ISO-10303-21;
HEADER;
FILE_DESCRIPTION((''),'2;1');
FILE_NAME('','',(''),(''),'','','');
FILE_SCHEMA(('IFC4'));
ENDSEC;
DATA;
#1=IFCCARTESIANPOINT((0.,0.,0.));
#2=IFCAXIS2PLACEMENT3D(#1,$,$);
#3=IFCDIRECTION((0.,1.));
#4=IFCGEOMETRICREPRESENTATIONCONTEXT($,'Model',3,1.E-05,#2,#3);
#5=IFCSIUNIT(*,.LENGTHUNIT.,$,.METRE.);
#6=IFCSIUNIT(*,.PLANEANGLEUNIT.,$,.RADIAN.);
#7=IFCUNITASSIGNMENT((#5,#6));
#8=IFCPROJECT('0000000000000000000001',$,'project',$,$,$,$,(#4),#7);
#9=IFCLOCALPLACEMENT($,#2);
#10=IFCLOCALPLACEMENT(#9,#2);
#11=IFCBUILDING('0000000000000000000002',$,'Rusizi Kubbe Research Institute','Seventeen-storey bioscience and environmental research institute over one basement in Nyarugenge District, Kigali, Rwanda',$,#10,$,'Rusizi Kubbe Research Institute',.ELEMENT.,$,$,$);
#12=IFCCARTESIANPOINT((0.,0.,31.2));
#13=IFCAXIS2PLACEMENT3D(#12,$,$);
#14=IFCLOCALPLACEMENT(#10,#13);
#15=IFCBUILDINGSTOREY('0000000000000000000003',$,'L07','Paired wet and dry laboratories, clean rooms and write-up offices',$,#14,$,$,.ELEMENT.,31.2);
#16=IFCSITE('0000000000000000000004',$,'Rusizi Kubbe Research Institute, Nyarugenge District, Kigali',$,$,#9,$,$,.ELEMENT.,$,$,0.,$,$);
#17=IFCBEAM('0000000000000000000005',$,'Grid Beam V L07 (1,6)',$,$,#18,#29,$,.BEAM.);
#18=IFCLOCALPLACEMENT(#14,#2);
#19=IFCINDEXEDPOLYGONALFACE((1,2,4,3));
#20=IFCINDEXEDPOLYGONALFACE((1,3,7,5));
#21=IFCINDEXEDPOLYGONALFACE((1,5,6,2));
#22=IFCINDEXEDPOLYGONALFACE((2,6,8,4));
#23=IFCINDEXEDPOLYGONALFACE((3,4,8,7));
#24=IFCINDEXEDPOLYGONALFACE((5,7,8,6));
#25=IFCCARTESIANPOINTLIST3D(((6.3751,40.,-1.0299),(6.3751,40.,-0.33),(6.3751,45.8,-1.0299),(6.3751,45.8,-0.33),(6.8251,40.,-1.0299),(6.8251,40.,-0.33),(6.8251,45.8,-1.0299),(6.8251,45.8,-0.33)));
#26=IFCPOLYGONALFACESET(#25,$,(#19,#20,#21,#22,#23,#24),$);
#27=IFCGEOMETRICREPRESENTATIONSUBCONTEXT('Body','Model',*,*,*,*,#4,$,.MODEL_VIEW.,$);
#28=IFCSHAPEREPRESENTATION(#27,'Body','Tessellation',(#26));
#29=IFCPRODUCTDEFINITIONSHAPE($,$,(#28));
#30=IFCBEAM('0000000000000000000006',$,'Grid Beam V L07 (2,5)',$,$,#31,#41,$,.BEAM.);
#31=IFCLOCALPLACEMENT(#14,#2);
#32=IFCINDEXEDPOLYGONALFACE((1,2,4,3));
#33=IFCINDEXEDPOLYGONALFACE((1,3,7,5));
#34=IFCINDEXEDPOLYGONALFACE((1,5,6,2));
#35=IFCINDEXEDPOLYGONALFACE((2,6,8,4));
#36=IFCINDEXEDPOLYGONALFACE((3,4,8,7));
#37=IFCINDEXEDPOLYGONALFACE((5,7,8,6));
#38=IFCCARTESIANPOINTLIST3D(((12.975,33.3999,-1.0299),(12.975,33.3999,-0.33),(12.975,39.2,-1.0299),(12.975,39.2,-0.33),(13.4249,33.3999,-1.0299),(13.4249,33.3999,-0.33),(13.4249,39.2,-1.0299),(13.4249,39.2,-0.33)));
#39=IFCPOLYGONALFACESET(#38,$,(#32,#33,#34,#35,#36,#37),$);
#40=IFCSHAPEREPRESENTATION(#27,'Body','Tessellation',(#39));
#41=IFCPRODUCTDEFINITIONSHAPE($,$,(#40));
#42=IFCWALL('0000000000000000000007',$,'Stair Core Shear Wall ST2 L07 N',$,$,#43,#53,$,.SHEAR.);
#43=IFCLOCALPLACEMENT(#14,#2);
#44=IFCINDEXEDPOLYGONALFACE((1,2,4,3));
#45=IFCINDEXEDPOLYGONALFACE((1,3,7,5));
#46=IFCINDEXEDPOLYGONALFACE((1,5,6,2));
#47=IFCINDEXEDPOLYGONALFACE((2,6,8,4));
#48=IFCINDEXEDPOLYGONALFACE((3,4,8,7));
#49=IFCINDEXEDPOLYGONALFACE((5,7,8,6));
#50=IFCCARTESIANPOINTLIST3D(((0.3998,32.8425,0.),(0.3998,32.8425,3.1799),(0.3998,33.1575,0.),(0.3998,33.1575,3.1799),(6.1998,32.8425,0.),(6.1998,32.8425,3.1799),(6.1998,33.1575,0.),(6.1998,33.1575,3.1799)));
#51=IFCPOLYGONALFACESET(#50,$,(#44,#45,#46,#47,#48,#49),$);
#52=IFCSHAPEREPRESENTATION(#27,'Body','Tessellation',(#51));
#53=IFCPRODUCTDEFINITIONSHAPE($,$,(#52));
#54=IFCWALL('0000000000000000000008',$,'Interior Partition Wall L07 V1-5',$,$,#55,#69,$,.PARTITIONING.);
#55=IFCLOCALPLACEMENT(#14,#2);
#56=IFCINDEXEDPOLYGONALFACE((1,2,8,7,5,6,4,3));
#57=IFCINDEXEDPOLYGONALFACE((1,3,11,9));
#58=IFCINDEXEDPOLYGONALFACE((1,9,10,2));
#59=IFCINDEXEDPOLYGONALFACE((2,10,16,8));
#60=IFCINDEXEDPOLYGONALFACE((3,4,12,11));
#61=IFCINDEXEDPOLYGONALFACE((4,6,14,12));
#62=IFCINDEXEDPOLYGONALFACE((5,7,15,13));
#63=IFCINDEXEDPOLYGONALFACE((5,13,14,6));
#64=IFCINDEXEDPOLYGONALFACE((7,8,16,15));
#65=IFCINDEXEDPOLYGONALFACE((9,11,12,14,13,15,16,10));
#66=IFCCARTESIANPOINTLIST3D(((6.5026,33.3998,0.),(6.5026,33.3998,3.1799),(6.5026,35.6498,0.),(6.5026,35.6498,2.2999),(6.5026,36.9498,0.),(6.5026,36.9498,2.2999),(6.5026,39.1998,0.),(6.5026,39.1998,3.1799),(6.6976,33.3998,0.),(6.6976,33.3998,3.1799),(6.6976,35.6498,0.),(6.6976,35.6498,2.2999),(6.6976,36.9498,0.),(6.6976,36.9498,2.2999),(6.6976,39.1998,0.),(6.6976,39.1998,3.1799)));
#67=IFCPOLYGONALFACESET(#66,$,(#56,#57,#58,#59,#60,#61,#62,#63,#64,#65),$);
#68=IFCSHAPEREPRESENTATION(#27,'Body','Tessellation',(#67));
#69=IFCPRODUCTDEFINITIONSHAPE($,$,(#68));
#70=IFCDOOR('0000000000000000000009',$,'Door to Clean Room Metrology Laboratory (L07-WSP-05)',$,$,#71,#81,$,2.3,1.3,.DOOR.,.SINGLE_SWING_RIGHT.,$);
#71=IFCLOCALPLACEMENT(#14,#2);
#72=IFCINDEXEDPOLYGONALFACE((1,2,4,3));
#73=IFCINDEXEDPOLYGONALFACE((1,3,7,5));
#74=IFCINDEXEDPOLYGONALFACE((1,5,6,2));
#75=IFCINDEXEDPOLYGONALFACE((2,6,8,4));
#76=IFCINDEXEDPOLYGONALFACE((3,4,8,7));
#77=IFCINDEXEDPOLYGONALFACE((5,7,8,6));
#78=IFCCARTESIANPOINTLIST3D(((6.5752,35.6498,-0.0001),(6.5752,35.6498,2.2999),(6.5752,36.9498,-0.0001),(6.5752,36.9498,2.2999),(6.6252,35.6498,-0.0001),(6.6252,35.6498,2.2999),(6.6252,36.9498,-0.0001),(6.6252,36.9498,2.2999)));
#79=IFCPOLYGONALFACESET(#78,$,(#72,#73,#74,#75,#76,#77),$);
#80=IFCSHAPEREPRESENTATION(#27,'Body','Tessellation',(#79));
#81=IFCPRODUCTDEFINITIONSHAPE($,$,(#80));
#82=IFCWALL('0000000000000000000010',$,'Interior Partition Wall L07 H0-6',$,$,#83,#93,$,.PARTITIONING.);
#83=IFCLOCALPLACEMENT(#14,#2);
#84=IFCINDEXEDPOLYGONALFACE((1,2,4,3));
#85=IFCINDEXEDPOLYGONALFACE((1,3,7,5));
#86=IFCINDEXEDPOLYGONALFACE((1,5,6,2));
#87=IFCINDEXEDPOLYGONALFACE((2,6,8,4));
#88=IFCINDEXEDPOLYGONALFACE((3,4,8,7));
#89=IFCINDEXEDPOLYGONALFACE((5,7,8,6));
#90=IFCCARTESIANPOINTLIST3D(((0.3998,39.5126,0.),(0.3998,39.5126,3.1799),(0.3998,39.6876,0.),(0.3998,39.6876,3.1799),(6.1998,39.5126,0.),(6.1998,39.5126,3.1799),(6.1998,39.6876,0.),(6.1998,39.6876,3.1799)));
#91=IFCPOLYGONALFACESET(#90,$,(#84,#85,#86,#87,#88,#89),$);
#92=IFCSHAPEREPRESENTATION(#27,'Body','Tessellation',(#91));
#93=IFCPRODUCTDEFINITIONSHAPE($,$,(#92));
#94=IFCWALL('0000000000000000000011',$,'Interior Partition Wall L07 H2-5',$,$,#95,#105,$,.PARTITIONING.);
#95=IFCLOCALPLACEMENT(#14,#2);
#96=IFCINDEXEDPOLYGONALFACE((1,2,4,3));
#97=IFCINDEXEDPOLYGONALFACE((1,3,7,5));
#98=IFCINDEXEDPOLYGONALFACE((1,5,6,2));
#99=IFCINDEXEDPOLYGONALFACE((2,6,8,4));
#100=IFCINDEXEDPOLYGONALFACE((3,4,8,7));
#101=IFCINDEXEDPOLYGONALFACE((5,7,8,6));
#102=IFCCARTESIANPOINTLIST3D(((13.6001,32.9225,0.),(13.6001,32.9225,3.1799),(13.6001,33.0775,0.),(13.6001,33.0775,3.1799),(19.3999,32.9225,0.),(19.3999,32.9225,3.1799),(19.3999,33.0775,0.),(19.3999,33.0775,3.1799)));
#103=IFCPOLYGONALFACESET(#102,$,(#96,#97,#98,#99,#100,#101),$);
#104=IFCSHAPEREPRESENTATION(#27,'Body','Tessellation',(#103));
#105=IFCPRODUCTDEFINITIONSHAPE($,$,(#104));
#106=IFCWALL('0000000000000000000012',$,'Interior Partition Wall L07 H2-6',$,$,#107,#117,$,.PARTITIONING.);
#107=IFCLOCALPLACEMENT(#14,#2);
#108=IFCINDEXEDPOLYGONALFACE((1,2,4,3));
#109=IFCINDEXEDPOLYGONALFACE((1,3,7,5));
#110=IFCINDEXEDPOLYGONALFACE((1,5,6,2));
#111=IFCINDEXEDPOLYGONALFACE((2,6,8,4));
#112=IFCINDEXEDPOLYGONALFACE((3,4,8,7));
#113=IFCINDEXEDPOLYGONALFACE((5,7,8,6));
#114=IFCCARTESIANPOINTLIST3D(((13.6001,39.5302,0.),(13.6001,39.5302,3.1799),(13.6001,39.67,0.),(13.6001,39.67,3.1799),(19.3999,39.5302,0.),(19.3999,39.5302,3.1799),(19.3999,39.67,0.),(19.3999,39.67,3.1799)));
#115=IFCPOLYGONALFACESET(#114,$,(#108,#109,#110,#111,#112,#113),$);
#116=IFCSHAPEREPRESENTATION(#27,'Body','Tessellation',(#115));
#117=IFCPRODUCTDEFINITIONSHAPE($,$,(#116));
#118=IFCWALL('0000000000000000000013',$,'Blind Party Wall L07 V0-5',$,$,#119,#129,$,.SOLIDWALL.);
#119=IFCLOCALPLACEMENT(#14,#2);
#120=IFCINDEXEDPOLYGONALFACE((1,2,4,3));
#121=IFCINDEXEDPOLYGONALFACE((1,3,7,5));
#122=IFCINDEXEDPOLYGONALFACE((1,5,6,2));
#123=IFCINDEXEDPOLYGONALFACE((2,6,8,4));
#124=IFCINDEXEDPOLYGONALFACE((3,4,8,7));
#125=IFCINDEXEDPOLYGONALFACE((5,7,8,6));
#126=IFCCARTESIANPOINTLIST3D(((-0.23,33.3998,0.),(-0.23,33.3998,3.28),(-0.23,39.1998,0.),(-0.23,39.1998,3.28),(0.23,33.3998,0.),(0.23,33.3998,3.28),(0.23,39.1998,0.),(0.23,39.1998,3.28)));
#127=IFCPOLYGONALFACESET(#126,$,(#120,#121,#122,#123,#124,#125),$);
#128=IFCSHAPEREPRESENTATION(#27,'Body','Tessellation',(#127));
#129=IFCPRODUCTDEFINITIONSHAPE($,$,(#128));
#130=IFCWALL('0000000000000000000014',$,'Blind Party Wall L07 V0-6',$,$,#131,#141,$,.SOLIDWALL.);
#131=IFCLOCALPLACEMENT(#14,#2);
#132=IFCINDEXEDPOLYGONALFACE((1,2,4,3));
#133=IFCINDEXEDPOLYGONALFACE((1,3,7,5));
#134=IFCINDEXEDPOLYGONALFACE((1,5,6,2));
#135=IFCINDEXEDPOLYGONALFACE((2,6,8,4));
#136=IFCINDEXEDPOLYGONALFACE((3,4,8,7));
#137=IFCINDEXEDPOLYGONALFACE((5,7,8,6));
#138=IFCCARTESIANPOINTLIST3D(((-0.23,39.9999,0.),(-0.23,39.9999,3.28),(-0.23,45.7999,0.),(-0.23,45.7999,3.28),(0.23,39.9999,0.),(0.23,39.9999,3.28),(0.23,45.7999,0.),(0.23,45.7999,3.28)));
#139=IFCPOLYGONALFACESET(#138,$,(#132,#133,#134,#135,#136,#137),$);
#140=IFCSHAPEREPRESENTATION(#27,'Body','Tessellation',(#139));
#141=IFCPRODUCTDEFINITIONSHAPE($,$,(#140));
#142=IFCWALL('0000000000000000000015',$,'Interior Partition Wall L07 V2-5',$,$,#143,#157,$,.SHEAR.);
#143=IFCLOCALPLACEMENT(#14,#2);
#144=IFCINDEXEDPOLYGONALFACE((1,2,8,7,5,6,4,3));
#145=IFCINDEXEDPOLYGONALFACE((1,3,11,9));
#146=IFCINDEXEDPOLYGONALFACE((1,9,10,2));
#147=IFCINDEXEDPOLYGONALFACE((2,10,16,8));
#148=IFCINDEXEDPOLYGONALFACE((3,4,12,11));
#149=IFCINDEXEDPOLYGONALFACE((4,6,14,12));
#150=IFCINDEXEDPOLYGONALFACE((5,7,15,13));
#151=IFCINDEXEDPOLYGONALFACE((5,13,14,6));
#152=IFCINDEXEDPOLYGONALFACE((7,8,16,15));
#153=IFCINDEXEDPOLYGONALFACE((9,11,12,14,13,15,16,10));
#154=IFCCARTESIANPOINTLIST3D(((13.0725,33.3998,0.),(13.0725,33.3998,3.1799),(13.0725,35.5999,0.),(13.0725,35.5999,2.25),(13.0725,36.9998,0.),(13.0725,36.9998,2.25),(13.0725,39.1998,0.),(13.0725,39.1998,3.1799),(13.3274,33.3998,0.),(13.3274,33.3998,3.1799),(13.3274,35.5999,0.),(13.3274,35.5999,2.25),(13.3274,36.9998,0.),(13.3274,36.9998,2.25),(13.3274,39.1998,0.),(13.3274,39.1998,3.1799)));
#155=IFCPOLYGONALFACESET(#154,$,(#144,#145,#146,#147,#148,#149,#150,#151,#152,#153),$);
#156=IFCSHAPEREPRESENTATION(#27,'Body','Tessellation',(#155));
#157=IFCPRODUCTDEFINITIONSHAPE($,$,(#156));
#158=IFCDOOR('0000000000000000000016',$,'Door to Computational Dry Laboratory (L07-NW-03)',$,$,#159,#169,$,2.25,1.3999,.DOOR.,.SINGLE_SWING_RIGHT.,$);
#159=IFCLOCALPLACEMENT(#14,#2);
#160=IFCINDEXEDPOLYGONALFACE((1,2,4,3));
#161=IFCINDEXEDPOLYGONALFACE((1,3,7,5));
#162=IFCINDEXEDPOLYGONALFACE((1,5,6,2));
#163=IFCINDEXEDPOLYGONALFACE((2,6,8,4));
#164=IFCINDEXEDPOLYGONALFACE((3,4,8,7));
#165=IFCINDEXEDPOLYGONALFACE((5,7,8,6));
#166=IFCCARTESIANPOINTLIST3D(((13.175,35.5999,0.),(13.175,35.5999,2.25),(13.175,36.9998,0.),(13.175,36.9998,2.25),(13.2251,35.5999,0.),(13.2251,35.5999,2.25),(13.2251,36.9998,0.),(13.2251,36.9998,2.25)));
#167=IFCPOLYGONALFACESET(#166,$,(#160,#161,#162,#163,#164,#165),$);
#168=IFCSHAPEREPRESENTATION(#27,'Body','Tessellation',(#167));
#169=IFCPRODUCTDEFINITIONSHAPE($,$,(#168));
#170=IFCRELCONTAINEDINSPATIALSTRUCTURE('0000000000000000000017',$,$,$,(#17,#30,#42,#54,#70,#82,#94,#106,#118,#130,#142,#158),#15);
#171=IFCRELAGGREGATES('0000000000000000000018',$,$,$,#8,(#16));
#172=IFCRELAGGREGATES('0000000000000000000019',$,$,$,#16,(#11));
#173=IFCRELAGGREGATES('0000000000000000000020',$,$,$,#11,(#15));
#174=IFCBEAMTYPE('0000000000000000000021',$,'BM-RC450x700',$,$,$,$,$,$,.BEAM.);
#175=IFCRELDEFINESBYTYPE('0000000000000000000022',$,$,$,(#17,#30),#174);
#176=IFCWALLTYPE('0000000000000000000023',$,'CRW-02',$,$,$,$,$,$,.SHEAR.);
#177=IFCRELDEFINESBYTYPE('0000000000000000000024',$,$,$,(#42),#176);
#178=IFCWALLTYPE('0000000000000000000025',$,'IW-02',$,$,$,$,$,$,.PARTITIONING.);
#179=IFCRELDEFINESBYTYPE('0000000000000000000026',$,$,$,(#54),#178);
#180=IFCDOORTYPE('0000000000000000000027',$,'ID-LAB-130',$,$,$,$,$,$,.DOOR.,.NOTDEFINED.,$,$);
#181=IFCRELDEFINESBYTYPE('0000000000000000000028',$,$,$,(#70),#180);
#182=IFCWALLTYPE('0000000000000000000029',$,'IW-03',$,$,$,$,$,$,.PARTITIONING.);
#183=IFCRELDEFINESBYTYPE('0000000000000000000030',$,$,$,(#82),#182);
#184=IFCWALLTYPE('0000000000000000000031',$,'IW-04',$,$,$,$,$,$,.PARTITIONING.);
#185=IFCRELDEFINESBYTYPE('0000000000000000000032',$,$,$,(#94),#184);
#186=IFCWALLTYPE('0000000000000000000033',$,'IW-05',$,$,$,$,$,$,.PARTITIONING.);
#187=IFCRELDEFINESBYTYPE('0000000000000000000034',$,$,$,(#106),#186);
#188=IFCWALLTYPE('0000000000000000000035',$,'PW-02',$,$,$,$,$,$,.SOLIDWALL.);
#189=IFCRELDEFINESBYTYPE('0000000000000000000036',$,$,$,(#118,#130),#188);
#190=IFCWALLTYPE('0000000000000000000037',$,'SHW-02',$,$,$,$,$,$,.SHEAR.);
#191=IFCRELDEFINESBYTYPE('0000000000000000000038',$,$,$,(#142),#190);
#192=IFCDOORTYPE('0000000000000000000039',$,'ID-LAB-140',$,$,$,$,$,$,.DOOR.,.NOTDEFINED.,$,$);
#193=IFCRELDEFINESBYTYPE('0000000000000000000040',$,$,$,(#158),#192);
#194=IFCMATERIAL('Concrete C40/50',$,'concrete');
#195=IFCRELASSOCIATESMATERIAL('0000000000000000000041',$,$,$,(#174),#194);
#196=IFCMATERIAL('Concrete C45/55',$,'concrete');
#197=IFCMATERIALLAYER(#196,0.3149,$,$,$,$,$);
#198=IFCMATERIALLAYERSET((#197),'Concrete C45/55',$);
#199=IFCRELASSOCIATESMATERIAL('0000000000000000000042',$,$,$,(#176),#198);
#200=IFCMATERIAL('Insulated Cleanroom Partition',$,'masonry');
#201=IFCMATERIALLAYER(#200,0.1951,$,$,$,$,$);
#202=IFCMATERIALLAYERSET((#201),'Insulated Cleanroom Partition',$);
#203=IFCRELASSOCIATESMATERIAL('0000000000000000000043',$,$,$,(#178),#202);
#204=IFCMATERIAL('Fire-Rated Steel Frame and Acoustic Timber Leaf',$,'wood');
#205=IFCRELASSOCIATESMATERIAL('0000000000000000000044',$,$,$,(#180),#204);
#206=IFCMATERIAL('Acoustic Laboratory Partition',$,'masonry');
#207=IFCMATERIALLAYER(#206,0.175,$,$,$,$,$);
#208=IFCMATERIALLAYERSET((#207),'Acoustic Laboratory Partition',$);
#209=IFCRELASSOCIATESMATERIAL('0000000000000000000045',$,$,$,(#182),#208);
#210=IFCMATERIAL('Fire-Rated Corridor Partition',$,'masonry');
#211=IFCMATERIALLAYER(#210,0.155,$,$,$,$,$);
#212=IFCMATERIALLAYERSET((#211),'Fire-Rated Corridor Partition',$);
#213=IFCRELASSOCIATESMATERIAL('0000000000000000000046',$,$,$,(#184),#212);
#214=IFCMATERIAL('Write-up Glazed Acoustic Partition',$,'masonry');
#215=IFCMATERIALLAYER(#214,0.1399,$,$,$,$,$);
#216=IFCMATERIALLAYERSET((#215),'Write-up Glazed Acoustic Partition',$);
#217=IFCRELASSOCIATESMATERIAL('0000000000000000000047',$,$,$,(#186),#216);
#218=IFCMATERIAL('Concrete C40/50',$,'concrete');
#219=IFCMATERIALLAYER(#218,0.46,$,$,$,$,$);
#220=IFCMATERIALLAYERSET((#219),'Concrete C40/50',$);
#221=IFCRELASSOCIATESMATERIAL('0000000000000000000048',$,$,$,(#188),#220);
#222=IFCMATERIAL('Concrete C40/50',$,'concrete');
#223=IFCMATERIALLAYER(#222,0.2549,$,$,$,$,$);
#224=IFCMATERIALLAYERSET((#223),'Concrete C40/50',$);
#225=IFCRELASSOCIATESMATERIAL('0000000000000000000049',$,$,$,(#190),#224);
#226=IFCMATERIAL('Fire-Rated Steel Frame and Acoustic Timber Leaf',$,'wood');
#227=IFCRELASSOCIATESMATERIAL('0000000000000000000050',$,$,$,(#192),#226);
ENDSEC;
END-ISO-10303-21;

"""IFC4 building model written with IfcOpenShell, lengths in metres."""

from ifc_helpers import new_model, si_unit, direction, frame, frame_2d, origin, origin_2d, place, context, subcontext, project, spatial, rectangle, extrude, material, layer, layer_set, material_profile, profile_set, type_object, element, fill, save


model = new_model("IFC4")

# Units and contexts
model_context = context("Model", 3, precision=1e-05, world=origin(), true_north=direction((0.0, 1.0)))
body_context = subcontext(model_context, "Body", "Model", "MODEL_VIEW")
ifc_project = project(units=[si_unit("LENGTHUNIT", "METRE"), si_unit("PLANEANGLEUNIT", "RADIAN")], contexts=[model_context])

# Site, building, storey
site_placement = place(None, origin())
site = spatial("IfcSite", under=ifc_project, at=site_placement, Name="Rusizi Kubbe Research Institute, Nyarugenge District, Kigali", CompositionType="ELEMENT", RefElevation=0.0)
building_placement = place(site_placement, origin())
building = spatial("IfcBuilding", under=site, at=building_placement, Name="Rusizi Kubbe Research Institute", Description="Seventeen-storey bioscience and environmental research institute over one basement in Nyarugenge District, Kigali, Rwanda", LongName="Rusizi Kubbe Research Institute", CompositionType="ELEMENT")
storey_placement = place(building_placement, frame((0.0, 0.0, 31.2)))
storey = spatial("IfcBuildingStorey", under=building, at=storey_placement, Name="L07", Description="Paired wet and dry laboratories, clean rooms and write-up offices", CompositionType="ELEMENT", Elevation=31.2)

# Beams
ifc_material_1 = material(Name="Concrete C40/50", Category="concrete")
ifc_material_profile_1 = material_profile(ifc_material_1, rectangle(XDim=0.45, YDim=0.7, at=origin_2d()), Name="RC450x700B")
ifc_profile_set_1 = profile_set([ifc_material_profile_1], Name="Concrete C40/50")
beam_type_1 = type_object("IfcBeamType", Name="BM-RC450x700", PredefinedType="BEAM", material=ifc_profile_set_1)
for number, where, z_axis, x_axis, name in (
    (1, (6.6001, 40.0, -0.6799), (0.0, 1.0, 0.0), (-1.0, 0.0, 0.0), "Grid Beam V L07 (1,6)"),
    (2, (13.2, 33.3999, -0.6799), (0.0, 1.0, 0.0), (-1.0, 0.0, 0.0), "Grid Beam V L07 (2,5)"),
):
    element("IfcBeam", number, at=place(storey_placement, frame(where, z_axis=z_axis, x_axis=x_axis)), inside=storey, type_object=beam_type_1, Name=name, PredefinedType="BEAM", context=body_context, shape_type="SweptSolid", body=[
        extrude(rectangle(XDim=0.45, YDim=0.7, at=origin_2d()), origin(), (0.0, 0.0, 1.0), 5.8),
    ])

# Wall
ifc_material_2 = material(Name="Concrete C45/55", Category="concrete")
ifc_layer_1 = layer(ifc_material_2, 0.3149)
ifc_layer_set_1 = layer_set([ifc_layer_1], Name="Concrete C45/55")
wall_type_1 = type_object("IfcWallType", Name="CRW-02", PredefinedType="SHEAR", material=ifc_layer_set_1)
wall_1_placement = place(storey_placement, frame((0.3999, 33.0, 0.0), z_axis=(0.0, 0.0, 1.0), x_axis=(1.0, 0.0, 0.0)))
element("IfcWall", 3, at=wall_1_placement, inside=storey, type_object=wall_type_1, Name="Stair Core Shear Wall ST2 L07 N", PredefinedType="SHEAR", context=body_context, shape_type="SweptSolid", body=[
    extrude(rectangle(XDim=5.8, YDim=0.3149, at=frame_2d((2.8999, 0.0))), origin(), (0.0, 0.0, 1.0), 3.1799),
])

# Wall, opening, door
ifc_material_3 = material(Name="Insulated Cleanroom Partition", Category="masonry")
ifc_layer_2 = layer(ifc_material_3, 0.1951)
ifc_layer_set_2 = layer_set([ifc_layer_2], Name="Insulated Cleanroom Partition")
wall_type_2 = type_object("IfcWallType", Name="IW-02", PredefinedType="PARTITIONING", material=ifc_layer_set_2)
wall_2_placement = place(storey_placement, frame((6.6001, 33.3999, 0.0), z_axis=(0.0, 0.0, 1.0), x_axis=(0.0, 1.0, 0.0)))
wall_2 = element("IfcWall", 4, at=wall_2_placement, inside=storey, type_object=wall_type_2, Name="Interior Partition Wall L07 V1-5", PredefinedType="PARTITIONING", context=body_context, shape_type="SweptSolid", body=[
    extrude(rectangle(XDim=5.8, YDim=0.1951, at=frame_2d((2.8999, 0.0))), origin(), (0.0, 0.0, 1.0), 3.1799),
])
opening_1_placement = place(wall_2_placement, frame((2.25, 0.0, 0.0)))
opening_1 = element("IfcOpeningElement", 5, at=opening_1_placement, cuts=wall_2, PredefinedType="OPENING", context=body_context, shape_type="SweptSolid", body=[
    extrude(rectangle(XDim=1.3, YDim=2.3, at=frame_2d((0.6499, 1.1499))), frame((0.0, 0.1074, 0.0), z_axis=(0.0, -1.0, 0.0), x_axis=(1.0, 0.0, 0.0)), (0.0, 0.0, 1.0), 0.2151),
])
ifc_material_4 = material(Name="Fire-Rated Steel Frame and Acoustic Timber Leaf", Category="wood")
door_type_1 = type_object("IfcDoorType", Name="ID-LAB-130", OperationType="NOTDEFINED", PredefinedType="DOOR", material=ifc_material_4)
door_1_placement = place(opening_1_placement, origin())
door_1 = element("IfcDoor", 6, at=door_1_placement, inside=storey, type_object=door_type_1, Name="Door to Clean Room Metrology Laboratory (L07-WSP-05)", OperationType="SINGLE_SWING_RIGHT", OverallHeight=2.3, OverallWidth=1.3, PredefinedType="DOOR", context=body_context, shape_type="SweptSolid", body=[
    extrude(rectangle(XDim=1.3, YDim=2.3, at=frame_2d((0.6499, 1.1499))), frame((0.0, 0.0249, 0.0), z_axis=(0.0, -1.0, 0.0), x_axis=(1.0, 0.0, 0.0)), (0.0, 0.0, 1.0), 0.05),
])
fill(opening_1, door_1)

# Walls
ifc_material_5 = material(Name="Acoustic Laboratory Partition", Category="masonry")
ifc_layer_3 = layer(ifc_material_5, 0.175)
ifc_layer_set_3 = layer_set([ifc_layer_3], Name="Acoustic Laboratory Partition")
wall_type_3 = type_object("IfcWallType", Name="IW-03", PredefinedType="PARTITIONING", material=ifc_layer_set_3)
wall_3_placement = place(storey_placement, frame((0.3999, 39.6001, 0.0), z_axis=(0.0, 0.0, 1.0), x_axis=(1.0, 0.0, 0.0)))
element("IfcWall", 7, at=wall_3_placement, inside=storey, type_object=wall_type_3, Name="Interior Partition Wall L07 H0-6", PredefinedType="PARTITIONING", context=body_context, shape_type="SweptSolid", body=[
    extrude(rectangle(XDim=5.8, YDim=0.175, at=frame_2d((2.8999, 0.0))), origin(), (0.0, 0.0, 1.0), 3.1799),
])
ifc_material_6 = material(Name="Fire-Rated Corridor Partition", Category="masonry")
ifc_layer_4 = layer(ifc_material_6, 0.155)
ifc_layer_set_4 = layer_set([ifc_layer_4], Name="Fire-Rated Corridor Partition")
wall_type_4 = type_object("IfcWallType", Name="IW-04", PredefinedType="PARTITIONING", material=ifc_layer_set_4)
wall_4_placement = place(storey_placement, frame((13.6001, 33.0, 0.0), z_axis=(0.0, 0.0, 1.0), x_axis=(1.0, 0.0, 0.0)))
element("IfcWall", 8, at=wall_4_placement, inside=storey, type_object=wall_type_4, Name="Interior Partition Wall L07 H2-5", PredefinedType="PARTITIONING", context=body_context, shape_type="SweptSolid", body=[
    extrude(rectangle(XDim=5.7998, YDim=0.155, at=frame_2d((2.8999, 0.0))), origin(), (0.0, 0.0, 1.0), 3.1799),
])
ifc_material_7 = material(Name="Write-up Glazed Acoustic Partition", Category="masonry")
ifc_layer_5 = layer(ifc_material_7, 0.1399)
ifc_layer_set_5 = layer_set([ifc_layer_5], Name="Write-up Glazed Acoustic Partition")
wall_type_5 = type_object("IfcWallType", Name="IW-05", PredefinedType="PARTITIONING", material=ifc_layer_set_5)
wall_5_placement = place(storey_placement, frame((13.6001, 39.6001, 0.0), z_axis=(0.0, 0.0, 1.0), x_axis=(1.0, 0.0, 0.0)))
element("IfcWall", 9, at=wall_5_placement, inside=storey, type_object=wall_type_5, Name="Interior Partition Wall L07 H2-6", PredefinedType="PARTITIONING", context=body_context, shape_type="SweptSolid", body=[
    extrude(rectangle(XDim=5.7998, YDim=0.1399, at=frame_2d((2.8999, 0.0))), origin(), (0.0, 0.0, 1.0), 3.1799),
])
ifc_material_8 = material(Name="Concrete C40/50", Category="concrete")
ifc_layer_6 = layer(ifc_material_8, 0.46)
ifc_layer_set_6 = layer_set([ifc_layer_6], Name="Concrete C40/50")
wall_type_6 = type_object("IfcWallType", Name="PW-02", PredefinedType="SOLIDWALL", material=ifc_layer_set_6)
for number, where, z_axis, x_axis, name in (
    (10, (0.0, 33.3999, 0.0), (0.0, 0.0, 1.0), (0.0, 1.0, 0.0), "Blind Party Wall L07 V0-5"),
    (11, (0.0, 40.0, 0.0), (0.0, 0.0, 1.0), (0.0, 1.0, 0.0), "Blind Party Wall L07 V0-6"),
):
    element("IfcWall", number, at=place(storey_placement, frame(where, z_axis=z_axis, x_axis=x_axis)), inside=storey, type_object=wall_type_6, Name=name, PredefinedType="SOLIDWALL", context=body_context, shape_type="SweptSolid", body=[
        extrude(rectangle(XDim=5.8, YDim=0.46, at=frame_2d((2.8999, 0.0))), origin(), (0.0, 0.0, 1.0), 3.28),
    ])

# Wall, opening, door
ifc_material_9 = material(Name="Concrete C40/50", Category="concrete")
ifc_layer_7 = layer(ifc_material_9, 0.2549)
ifc_layer_set_7 = layer_set([ifc_layer_7], Name="Concrete C40/50")
wall_type_7 = type_object("IfcWallType", Name="SHW-02", PredefinedType="SHEAR", material=ifc_layer_set_7)
wall_6_placement = place(storey_placement, frame((13.2, 33.3999, 0.0), z_axis=(0.0, 0.0, 1.0), x_axis=(0.0, 1.0, 0.0)))
wall_6 = element("IfcWall", 12, at=wall_6_placement, inside=storey, type_object=wall_type_7, Name="Interior Partition Wall L07 V2-5", PredefinedType="SHEAR", context=body_context, shape_type="SweptSolid", body=[
    extrude(rectangle(XDim=5.8, YDim=0.2549, at=frame_2d((2.8999, 0.0))), origin(), (0.0, 0.0, 1.0), 3.1799),
])
opening_2_placement = place(wall_6_placement, frame((2.2, 0.0, 0.0)))
opening_2 = element("IfcOpeningElement", 13, at=opening_2_placement, cuts=wall_6, PredefinedType="OPENING", context=body_context, shape_type="SweptSolid", body=[
    extrude(rectangle(XDim=1.3999, YDim=2.25, at=frame_2d((0.7, 1.125))), frame((0.0, 0.1375, 0.0), z_axis=(0.0, -1.0, 0.0), x_axis=(1.0, 0.0, 0.0)), (0.0, 0.0, 1.0), 0.2749),
])
ifc_material_10 = material(Name="Fire-Rated Steel Frame and Acoustic Timber Leaf", Category="wood")
door_type_2 = type_object("IfcDoorType", Name="ID-LAB-140", OperationType="NOTDEFINED", PredefinedType="DOOR", material=ifc_material_10)
door_2_placement = place(opening_2_placement, origin())
door_2 = element("IfcDoor", 14, at=door_2_placement, inside=storey, type_object=door_type_2, Name="Door to Computational Dry Laboratory (L07-NW-03)", OperationType="SINGLE_SWING_RIGHT", OverallHeight=2.25, OverallWidth=1.3999, PredefinedType="DOOR", context=body_context, shape_type="SweptSolid", body=[
    extrude(rectangle(XDim=1.3999, YDim=2.25, at=frame_2d((0.7, 1.125))), frame((0.0, 0.0249, 0.0), z_axis=(0.0, -1.0, 0.0), x_axis=(1.0, 0.0, 0.0)), (0.0, 0.0, 1.0), 0.05),
])
fill(opening_2, door_2)

save(model, "model.ifc")
